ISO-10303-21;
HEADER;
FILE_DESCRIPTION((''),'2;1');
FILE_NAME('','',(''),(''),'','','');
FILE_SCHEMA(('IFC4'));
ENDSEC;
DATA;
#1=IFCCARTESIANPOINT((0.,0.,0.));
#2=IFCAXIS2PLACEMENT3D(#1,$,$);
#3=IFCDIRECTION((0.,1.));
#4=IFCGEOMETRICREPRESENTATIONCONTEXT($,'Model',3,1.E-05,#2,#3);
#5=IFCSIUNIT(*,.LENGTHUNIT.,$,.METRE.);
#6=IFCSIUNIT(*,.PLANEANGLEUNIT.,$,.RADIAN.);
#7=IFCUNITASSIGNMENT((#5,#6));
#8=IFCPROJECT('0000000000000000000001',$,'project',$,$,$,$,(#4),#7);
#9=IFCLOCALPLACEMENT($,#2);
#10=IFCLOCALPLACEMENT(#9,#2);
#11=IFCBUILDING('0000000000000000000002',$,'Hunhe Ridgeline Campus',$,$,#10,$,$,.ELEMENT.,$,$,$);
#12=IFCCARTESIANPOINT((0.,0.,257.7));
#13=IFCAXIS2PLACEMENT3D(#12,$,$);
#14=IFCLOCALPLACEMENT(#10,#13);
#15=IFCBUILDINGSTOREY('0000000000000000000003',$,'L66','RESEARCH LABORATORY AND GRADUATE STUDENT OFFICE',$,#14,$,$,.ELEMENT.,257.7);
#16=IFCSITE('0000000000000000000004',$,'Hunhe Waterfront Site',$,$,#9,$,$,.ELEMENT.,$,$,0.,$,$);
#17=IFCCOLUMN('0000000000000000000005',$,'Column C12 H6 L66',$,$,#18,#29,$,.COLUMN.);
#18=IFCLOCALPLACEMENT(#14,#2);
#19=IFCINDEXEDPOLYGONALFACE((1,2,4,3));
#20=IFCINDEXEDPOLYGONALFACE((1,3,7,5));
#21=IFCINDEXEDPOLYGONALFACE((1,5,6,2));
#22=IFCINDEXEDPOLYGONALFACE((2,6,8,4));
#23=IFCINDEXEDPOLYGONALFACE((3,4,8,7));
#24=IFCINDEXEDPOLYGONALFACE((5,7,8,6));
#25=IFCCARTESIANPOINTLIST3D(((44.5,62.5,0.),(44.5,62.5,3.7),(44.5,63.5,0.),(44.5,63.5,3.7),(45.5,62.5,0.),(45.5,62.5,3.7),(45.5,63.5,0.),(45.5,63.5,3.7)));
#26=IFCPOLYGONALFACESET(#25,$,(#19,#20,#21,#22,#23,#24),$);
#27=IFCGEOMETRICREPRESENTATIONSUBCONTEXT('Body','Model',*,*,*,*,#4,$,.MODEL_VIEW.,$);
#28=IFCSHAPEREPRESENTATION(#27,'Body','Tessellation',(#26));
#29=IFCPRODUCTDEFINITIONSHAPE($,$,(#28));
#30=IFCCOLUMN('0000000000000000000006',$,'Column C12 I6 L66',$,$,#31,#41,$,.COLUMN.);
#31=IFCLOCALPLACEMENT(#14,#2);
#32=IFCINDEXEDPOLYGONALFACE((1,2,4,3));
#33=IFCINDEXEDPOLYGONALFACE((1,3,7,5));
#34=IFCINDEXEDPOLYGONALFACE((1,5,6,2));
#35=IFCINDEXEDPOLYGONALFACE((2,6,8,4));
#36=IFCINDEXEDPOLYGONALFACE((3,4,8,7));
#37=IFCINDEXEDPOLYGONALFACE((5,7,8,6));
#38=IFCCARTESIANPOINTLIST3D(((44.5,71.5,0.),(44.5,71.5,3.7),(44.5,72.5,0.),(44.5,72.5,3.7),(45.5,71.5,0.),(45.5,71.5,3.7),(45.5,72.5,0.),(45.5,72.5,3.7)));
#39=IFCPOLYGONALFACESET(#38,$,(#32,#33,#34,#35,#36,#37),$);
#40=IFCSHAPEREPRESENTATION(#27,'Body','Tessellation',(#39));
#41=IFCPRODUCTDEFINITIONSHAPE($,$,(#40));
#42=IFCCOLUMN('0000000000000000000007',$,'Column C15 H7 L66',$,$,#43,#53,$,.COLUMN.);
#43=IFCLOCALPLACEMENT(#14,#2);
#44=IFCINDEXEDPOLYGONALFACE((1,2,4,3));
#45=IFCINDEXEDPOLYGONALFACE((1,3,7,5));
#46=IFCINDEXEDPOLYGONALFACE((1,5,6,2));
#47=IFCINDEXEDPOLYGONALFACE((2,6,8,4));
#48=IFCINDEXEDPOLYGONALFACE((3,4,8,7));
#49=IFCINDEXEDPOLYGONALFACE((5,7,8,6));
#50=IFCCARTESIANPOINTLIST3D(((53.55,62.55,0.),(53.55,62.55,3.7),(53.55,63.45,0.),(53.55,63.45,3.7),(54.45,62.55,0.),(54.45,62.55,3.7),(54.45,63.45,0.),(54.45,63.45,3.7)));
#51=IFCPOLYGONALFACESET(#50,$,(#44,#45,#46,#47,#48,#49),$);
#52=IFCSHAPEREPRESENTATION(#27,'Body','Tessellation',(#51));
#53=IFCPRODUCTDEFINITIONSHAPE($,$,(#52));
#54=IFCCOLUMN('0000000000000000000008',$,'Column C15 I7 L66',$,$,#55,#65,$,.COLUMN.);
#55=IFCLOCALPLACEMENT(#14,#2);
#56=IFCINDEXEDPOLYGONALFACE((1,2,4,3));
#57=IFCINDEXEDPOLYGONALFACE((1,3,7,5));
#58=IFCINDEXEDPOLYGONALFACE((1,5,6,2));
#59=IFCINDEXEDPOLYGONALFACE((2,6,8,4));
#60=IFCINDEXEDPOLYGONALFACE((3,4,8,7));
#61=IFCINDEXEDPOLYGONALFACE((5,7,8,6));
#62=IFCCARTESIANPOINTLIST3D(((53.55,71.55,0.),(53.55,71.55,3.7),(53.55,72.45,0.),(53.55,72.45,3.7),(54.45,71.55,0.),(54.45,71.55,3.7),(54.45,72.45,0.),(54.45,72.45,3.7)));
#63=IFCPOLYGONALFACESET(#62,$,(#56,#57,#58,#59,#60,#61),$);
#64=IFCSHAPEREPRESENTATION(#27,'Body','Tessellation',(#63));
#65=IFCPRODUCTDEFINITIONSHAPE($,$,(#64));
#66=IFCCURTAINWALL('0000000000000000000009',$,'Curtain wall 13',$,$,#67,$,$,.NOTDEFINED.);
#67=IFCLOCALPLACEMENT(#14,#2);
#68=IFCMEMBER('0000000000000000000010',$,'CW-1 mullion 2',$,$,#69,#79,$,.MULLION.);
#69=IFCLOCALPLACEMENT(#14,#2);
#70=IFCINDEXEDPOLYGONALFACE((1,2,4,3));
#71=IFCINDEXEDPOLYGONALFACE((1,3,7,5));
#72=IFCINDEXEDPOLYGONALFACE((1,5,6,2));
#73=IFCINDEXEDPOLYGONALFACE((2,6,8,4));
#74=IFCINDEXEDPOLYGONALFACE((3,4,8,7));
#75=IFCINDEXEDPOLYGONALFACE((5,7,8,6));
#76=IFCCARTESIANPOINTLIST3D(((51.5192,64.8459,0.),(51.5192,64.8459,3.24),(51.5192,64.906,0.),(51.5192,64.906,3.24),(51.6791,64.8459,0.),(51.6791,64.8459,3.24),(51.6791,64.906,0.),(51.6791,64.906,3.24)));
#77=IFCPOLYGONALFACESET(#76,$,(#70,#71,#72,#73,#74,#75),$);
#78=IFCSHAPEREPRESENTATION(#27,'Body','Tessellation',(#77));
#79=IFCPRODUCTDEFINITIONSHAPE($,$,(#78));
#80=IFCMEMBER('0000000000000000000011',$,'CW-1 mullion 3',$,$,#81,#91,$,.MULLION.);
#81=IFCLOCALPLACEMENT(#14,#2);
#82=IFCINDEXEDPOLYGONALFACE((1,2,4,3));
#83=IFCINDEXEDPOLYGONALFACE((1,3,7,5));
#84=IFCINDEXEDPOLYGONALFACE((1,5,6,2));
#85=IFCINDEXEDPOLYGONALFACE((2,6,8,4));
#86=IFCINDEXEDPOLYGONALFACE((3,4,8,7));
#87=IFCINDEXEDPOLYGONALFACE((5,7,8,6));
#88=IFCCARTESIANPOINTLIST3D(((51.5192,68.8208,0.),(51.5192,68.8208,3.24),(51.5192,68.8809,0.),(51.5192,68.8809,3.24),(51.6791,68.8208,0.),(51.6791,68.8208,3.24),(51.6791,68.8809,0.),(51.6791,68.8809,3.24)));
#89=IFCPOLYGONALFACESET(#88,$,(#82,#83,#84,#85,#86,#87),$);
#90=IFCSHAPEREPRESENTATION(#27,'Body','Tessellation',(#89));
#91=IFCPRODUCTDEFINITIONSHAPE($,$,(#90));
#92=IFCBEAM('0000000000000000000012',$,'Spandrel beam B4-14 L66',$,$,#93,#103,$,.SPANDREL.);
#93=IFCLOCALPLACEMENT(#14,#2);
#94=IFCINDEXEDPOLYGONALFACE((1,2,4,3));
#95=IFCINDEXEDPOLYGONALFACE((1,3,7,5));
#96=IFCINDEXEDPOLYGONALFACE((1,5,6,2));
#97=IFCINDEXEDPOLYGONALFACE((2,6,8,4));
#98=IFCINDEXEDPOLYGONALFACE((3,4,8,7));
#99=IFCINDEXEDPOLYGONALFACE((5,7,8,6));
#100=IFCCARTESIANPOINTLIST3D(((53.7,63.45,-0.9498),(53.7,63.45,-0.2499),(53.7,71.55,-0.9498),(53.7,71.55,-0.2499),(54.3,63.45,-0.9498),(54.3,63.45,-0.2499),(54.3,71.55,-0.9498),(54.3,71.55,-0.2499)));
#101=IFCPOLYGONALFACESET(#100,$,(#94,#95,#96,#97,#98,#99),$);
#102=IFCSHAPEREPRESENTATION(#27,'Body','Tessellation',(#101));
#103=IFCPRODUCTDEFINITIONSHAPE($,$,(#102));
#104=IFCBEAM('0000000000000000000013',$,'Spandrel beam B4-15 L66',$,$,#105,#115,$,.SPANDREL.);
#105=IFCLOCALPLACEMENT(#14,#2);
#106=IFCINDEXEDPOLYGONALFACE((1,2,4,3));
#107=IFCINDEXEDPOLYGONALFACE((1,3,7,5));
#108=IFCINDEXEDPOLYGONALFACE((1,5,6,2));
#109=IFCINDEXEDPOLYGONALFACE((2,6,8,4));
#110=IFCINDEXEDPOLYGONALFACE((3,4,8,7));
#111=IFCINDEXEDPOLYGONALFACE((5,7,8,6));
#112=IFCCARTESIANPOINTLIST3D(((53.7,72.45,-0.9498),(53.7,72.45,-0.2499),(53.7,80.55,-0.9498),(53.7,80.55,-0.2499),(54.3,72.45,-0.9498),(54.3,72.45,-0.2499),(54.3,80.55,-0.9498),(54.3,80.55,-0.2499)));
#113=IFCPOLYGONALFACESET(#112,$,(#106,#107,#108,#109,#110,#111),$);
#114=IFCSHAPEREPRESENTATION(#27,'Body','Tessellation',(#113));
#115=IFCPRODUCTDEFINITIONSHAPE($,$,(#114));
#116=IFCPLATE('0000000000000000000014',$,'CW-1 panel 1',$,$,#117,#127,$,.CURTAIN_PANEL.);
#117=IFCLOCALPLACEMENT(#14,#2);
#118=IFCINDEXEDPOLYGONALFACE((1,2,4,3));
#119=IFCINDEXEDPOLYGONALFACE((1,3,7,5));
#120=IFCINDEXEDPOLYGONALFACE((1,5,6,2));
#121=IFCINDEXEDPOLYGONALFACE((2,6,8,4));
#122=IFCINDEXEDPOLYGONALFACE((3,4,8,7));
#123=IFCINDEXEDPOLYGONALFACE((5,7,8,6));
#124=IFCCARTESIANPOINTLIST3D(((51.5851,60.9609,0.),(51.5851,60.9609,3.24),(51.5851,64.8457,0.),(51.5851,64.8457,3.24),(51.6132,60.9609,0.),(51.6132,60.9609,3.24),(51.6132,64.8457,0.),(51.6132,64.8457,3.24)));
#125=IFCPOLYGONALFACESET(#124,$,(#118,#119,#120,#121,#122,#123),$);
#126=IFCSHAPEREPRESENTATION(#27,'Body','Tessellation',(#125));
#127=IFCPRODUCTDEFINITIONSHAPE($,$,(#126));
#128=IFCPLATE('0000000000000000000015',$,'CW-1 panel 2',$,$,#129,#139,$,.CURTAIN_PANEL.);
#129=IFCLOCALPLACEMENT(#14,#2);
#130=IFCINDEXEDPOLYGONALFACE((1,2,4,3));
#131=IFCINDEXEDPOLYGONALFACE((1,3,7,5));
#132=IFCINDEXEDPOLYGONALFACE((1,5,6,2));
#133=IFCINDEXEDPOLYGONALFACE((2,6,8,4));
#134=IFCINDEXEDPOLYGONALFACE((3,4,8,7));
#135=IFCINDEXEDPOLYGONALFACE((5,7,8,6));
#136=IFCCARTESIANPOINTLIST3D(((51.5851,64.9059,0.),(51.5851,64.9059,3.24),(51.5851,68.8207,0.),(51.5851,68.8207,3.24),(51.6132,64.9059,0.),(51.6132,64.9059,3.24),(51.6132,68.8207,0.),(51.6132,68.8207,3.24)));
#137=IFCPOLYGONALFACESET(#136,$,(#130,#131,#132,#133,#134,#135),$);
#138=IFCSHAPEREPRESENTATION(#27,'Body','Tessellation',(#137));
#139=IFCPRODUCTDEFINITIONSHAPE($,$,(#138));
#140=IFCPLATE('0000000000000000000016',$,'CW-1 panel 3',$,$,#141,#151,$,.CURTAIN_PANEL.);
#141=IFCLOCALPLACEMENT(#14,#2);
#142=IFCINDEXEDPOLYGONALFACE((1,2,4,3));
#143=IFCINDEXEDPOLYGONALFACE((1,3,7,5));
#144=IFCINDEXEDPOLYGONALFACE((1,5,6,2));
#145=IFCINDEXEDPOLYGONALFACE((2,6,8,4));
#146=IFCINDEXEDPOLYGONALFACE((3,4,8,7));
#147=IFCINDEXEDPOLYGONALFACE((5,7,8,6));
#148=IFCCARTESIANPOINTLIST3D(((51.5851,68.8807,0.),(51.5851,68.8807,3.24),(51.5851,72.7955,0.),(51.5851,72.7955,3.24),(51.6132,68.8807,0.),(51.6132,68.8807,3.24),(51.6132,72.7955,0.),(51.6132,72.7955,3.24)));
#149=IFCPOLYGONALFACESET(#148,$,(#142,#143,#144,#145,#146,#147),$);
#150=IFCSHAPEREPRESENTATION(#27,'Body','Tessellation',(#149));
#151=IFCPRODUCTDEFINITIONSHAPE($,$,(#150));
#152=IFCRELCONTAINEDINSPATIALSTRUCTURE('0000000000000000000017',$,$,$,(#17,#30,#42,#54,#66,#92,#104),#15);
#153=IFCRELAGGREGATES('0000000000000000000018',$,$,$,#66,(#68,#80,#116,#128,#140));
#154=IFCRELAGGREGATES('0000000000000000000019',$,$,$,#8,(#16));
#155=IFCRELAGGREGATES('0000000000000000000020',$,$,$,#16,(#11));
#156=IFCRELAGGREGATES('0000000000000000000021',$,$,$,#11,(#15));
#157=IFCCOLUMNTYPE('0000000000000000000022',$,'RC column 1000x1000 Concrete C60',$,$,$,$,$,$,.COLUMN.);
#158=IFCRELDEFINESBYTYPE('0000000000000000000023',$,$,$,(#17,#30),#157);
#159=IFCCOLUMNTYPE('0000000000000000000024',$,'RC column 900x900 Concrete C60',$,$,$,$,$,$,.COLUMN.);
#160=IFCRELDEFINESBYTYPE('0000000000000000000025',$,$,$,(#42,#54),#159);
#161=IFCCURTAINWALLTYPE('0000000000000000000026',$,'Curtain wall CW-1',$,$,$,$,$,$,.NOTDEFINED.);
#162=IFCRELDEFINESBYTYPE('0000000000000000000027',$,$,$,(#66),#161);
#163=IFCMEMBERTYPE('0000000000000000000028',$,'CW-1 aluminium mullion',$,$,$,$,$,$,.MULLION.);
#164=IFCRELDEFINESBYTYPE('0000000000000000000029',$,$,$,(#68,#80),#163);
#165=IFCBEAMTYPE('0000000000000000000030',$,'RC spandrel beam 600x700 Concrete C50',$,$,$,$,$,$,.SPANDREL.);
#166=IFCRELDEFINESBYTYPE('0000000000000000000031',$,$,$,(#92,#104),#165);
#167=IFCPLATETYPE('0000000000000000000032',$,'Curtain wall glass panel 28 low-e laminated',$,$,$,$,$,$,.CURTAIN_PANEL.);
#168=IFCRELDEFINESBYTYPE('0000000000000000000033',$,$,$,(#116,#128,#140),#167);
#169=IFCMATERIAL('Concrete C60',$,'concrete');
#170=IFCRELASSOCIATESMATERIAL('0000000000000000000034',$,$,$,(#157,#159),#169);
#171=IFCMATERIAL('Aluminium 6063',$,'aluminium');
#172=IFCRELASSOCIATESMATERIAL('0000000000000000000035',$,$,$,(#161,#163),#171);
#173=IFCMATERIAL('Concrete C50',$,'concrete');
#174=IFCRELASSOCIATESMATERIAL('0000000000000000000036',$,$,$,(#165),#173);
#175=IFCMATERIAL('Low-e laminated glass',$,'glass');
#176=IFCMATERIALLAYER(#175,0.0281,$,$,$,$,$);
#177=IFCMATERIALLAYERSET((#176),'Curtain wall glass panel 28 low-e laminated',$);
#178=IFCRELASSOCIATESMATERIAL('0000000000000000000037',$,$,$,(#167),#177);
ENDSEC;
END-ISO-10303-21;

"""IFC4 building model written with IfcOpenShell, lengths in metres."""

from ifc_helpers import new_model, si_unit, direction, frame, origin, origin_2d, place, context, subcontext, project, spatial, rectangle, extrude, material, layer, layer_set, material_profile, profile_set, type_object, element, aggregate, save


model = new_model("IFC4")

# Units and contexts
model_context = context("Model", 3, precision=1e-05, world=origin(), true_north=direction((0.0, 1.0)))
body_context = subcontext(model_context, "Body", "Model", "MODEL_VIEW")
ifc_project = project(units=[si_unit("LENGTHUNIT", "METRE"), si_unit("PLANEANGLEUNIT", "RADIAN")], contexts=[model_context])

# Site, building, storey
site_placement = place(None, origin())
site = spatial("IfcSite", under=ifc_project, at=site_placement, Name="Hunhe Waterfront Site", CompositionType="ELEMENT", RefElevation=0.0)
building_placement = place(site_placement, origin())
building = spatial("IfcBuilding", under=site, at=building_placement, Name="Hunhe Ridgeline Campus", CompositionType="ELEMENT")
storey_placement = place(building_placement, frame((0.0, 0.0, 257.7)))
storey = spatial("IfcBuildingStorey", under=building, at=storey_placement, Name="L66", Description="RESEARCH LABORATORY AND GRADUATE STUDENT OFFICE", CompositionType="ELEMENT", Elevation=257.7)

# Columns
ifc_material_1 = material(Name="Concrete C60", Category="concrete")
ifc_material_profile_1 = material_profile(ifc_material_1, rectangle(XDim=1.0, YDim=1.0, at=origin_2d()))
ifc_profile_set_1 = profile_set([ifc_material_profile_1], Name="Concrete C60")
column_type_1 = type_object("IfcColumnType", Name="RC column 1000x1000 Concrete C60", PredefinedType="COLUMN", material=ifc_profile_set_1)
for number, where, z_axis, x_axis, name in (
    (1, (45.0, 63.0, 0.0), (0.0, 0.0, 1.0), (1.0, 0.0, 0.0), "Column C12 H6 L66"),
    (2, (45.0, 72.0, 0.0), (0.0, 0.0, 1.0), (1.0, 0.0, 0.0), "Column C12 I6 L66"),
):
    element("IfcColumn", number, at=place(storey_placement, frame(where, z_axis=z_axis, x_axis=x_axis)), inside=storey, type_object=column_type_1, Name=name, PredefinedType="COLUMN", context=body_context, shape_type="SweptSolid", body=[
        extrude(rectangle(XDim=1.0, YDim=1.0, at=origin_2d()), origin(), (0.0, 0.0, 1.0), 3.7),
    ])
ifc_material_profile_2 = material_profile(ifc_material_1, rectangle(XDim=0.8999, YDim=0.8999, at=origin_2d()))
ifc_profile_set_2 = profile_set([ifc_material_profile_2], Name="Concrete C60")
column_type_2 = type_object("IfcColumnType", Name="RC column 900x900 Concrete C60", PredefinedType="COLUMN", material=ifc_profile_set_2)
for number, where, z_axis, x_axis, name in (
    (3, (54.0, 63.0, 0.0), (0.0, 0.0, 1.0), (1.0, 0.0, 0.0), "Column C15 H7 L66"),
    (4, (54.0, 72.0, 0.0), (0.0, 0.0, 1.0), (1.0, 0.0, 0.0), "Column C15 I7 L66"),
):
    element("IfcColumn", number, at=place(storey_placement, frame(where, z_axis=z_axis, x_axis=x_axis)), inside=storey, type_object=column_type_2, Name=name, PredefinedType="COLUMN", context=body_context, shape_type="SweptSolid", body=[
        extrude(rectangle(XDim=0.8999, YDim=0.8999, at=origin_2d()), origin(), (0.0, 0.0, 1.0), 3.7),
    ])

# Curtain wall, members
ifc_material_2 = material(Name="Aluminium 6063", Category="aluminium")
curtain_wall_type = type_object("IfcCurtainWallType", Name="Curtain wall CW-1", PredefinedType="NOTDEFINED", material=ifc_material_2)
curtain_wall_placement = place(storey_placement, origin())
curtain_wall = element("IfcCurtainWall", 5, at=curtain_wall_placement, inside=storey, type_object=curtain_wall_type, Name="Curtain wall 13", PredefinedType="NOTDEFINED")
ifc_material_profile_3 = material_profile(ifc_material_2, rectangle(XDim=0.1599, YDim=0.0601, at=origin_2d()))
ifc_profile_set_3 = profile_set([ifc_material_profile_3], Name="Aluminium 6063")
member_type = type_object("IfcMemberType", Name="CW-1 aluminium mullion", PredefinedType="MULLION", material=ifc_profile_set_3)
member_1_placement = place(storey_placement, frame((51.5991, 64.876, 0.0), z_axis=(0.0, 0.0, 1.0), x_axis=(-1.0, 0.0, 0.0)))
member_1 = element("IfcMember", 6, at=member_1_placement, type_object=member_type, Name="CW-1 mullion 2", PredefinedType="MULLION", context=body_context, shape_type="SweptSolid", body=[
    extrude(rectangle(XDim=0.1599, YDim=0.0601, at=origin_2d()), origin(), (0.0, 0.0, 1.0), 3.24),
])
member_2_placement = place(storey_placement, frame((51.5991, 68.8508, 0.0), z_axis=(0.0, 0.0, 1.0), x_axis=(-1.0, 0.0, 0.0)))
member_2 = element("IfcMember", 7, at=member_2_placement, type_object=member_type, Name="CW-1 mullion 3", PredefinedType="MULLION", context=body_context, shape_type="SweptSolid", body=[
    extrude(rectangle(XDim=0.1599, YDim=0.0601, at=origin_2d()), origin(), (0.0, 0.0, 1.0), 3.24),
])

# Beams
ifc_material_3 = material(Name="Concrete C50", Category="concrete")
ifc_material_profile_4 = material_profile(ifc_material_3, rectangle(XDim=0.6001, YDim=0.7, at=origin_2d()))
ifc_profile_set_4 = profile_set([ifc_material_profile_4], Name="Concrete C50")
beam_type = type_object("IfcBeamType", Name="RC spandrel beam 600x700 Concrete C50", PredefinedType="SPANDREL", material=ifc_profile_set_4)
for number, where, z_axis, x_axis, name in (
    (8, (54.0, 63.45, -0.5999), (0.0, 1.0, 0.0), (-1.0, 0.0, 0.0), "Spandrel beam B4-14 L66"),
    (9, (54.0, 72.45, -0.5999), (0.0, 1.0, 0.0), (-1.0, 0.0, 0.0), "Spandrel beam B4-15 L66"),
):
    element("IfcBeam", number, at=place(storey_placement, frame(where, z_axis=z_axis, x_axis=x_axis)), inside=storey, type_object=beam_type, Name=name, PredefinedType="SPANDREL", context=body_context, shape_type="SweptSolid", body=[
        extrude(rectangle(XDim=0.6001, YDim=0.7, at=origin_2d()), origin(), (0.0, 0.0, 1.0), 8.1001),
    ])

# Plates
ifc_material_4 = material(Name="Low-e laminated glass", Category="glass")
ifc_layer_1 = layer(ifc_material_4, 0.0281)
ifc_layer_set_1 = layer_set([ifc_layer_1], Name="Curtain wall glass panel 28 low-e laminated")
plate_type = type_object("IfcPlateType", Name="Curtain wall glass panel 28 low-e laminated", PredefinedType="CURTAIN_PANEL", material=ifc_layer_set_1)
plate_1_placement = place(storey_placement, frame((51.5991, 62.9033, 0.0), z_axis=(0.0, 0.0, 1.0), x_axis=(0.0, 1.0, 0.0)))
plate_1 = element("IfcPlate", 10, at=plate_1_placement, type_object=plate_type, Name="CW-1 panel 1", PredefinedType="CURTAIN_PANEL", context=body_context, shape_type="SweptSolid", body=[
    extrude(rectangle(XDim=3.8848, YDim=0.0281, at=origin_2d()), origin(), (0.0, 0.0, 1.0), 3.24),
])
plate_2_placement = place(storey_placement, frame((51.5991, 66.8633, 0.0), z_axis=(0.0, 0.0, 1.0), x_axis=(0.0, 1.0, 0.0)))
plate_2 = element("IfcPlate", 11, at=plate_2_placement, type_object=plate_type, Name="CW-1 panel 2", PredefinedType="CURTAIN_PANEL", context=body_context, shape_type="SweptSolid", body=[
    extrude(rectangle(XDim=3.9148, YDim=0.0281, at=origin_2d()), origin(), (0.0, 0.0, 1.0), 3.24),
])
plate_3_placement = place(storey_placement, frame((51.5991, 70.8381, 0.0), z_axis=(0.0, 0.0, 1.0), x_axis=(0.0, 1.0, 0.0)))
plate_3 = element("IfcPlate", 12, at=plate_3_placement, type_object=plate_type, Name="CW-1 panel 3", PredefinedType="CURTAIN_PANEL", context=body_context, shape_type="SweptSolid", body=[
    extrude(rectangle(XDim=3.9148, YDim=0.0281, at=origin_2d()), origin(), (0.0, 0.0, 1.0), 3.24),
])
aggregate(curtain_wall, [member_1, member_2, plate_1, plate_2, plate_3])

save(model, "model.ifc")
